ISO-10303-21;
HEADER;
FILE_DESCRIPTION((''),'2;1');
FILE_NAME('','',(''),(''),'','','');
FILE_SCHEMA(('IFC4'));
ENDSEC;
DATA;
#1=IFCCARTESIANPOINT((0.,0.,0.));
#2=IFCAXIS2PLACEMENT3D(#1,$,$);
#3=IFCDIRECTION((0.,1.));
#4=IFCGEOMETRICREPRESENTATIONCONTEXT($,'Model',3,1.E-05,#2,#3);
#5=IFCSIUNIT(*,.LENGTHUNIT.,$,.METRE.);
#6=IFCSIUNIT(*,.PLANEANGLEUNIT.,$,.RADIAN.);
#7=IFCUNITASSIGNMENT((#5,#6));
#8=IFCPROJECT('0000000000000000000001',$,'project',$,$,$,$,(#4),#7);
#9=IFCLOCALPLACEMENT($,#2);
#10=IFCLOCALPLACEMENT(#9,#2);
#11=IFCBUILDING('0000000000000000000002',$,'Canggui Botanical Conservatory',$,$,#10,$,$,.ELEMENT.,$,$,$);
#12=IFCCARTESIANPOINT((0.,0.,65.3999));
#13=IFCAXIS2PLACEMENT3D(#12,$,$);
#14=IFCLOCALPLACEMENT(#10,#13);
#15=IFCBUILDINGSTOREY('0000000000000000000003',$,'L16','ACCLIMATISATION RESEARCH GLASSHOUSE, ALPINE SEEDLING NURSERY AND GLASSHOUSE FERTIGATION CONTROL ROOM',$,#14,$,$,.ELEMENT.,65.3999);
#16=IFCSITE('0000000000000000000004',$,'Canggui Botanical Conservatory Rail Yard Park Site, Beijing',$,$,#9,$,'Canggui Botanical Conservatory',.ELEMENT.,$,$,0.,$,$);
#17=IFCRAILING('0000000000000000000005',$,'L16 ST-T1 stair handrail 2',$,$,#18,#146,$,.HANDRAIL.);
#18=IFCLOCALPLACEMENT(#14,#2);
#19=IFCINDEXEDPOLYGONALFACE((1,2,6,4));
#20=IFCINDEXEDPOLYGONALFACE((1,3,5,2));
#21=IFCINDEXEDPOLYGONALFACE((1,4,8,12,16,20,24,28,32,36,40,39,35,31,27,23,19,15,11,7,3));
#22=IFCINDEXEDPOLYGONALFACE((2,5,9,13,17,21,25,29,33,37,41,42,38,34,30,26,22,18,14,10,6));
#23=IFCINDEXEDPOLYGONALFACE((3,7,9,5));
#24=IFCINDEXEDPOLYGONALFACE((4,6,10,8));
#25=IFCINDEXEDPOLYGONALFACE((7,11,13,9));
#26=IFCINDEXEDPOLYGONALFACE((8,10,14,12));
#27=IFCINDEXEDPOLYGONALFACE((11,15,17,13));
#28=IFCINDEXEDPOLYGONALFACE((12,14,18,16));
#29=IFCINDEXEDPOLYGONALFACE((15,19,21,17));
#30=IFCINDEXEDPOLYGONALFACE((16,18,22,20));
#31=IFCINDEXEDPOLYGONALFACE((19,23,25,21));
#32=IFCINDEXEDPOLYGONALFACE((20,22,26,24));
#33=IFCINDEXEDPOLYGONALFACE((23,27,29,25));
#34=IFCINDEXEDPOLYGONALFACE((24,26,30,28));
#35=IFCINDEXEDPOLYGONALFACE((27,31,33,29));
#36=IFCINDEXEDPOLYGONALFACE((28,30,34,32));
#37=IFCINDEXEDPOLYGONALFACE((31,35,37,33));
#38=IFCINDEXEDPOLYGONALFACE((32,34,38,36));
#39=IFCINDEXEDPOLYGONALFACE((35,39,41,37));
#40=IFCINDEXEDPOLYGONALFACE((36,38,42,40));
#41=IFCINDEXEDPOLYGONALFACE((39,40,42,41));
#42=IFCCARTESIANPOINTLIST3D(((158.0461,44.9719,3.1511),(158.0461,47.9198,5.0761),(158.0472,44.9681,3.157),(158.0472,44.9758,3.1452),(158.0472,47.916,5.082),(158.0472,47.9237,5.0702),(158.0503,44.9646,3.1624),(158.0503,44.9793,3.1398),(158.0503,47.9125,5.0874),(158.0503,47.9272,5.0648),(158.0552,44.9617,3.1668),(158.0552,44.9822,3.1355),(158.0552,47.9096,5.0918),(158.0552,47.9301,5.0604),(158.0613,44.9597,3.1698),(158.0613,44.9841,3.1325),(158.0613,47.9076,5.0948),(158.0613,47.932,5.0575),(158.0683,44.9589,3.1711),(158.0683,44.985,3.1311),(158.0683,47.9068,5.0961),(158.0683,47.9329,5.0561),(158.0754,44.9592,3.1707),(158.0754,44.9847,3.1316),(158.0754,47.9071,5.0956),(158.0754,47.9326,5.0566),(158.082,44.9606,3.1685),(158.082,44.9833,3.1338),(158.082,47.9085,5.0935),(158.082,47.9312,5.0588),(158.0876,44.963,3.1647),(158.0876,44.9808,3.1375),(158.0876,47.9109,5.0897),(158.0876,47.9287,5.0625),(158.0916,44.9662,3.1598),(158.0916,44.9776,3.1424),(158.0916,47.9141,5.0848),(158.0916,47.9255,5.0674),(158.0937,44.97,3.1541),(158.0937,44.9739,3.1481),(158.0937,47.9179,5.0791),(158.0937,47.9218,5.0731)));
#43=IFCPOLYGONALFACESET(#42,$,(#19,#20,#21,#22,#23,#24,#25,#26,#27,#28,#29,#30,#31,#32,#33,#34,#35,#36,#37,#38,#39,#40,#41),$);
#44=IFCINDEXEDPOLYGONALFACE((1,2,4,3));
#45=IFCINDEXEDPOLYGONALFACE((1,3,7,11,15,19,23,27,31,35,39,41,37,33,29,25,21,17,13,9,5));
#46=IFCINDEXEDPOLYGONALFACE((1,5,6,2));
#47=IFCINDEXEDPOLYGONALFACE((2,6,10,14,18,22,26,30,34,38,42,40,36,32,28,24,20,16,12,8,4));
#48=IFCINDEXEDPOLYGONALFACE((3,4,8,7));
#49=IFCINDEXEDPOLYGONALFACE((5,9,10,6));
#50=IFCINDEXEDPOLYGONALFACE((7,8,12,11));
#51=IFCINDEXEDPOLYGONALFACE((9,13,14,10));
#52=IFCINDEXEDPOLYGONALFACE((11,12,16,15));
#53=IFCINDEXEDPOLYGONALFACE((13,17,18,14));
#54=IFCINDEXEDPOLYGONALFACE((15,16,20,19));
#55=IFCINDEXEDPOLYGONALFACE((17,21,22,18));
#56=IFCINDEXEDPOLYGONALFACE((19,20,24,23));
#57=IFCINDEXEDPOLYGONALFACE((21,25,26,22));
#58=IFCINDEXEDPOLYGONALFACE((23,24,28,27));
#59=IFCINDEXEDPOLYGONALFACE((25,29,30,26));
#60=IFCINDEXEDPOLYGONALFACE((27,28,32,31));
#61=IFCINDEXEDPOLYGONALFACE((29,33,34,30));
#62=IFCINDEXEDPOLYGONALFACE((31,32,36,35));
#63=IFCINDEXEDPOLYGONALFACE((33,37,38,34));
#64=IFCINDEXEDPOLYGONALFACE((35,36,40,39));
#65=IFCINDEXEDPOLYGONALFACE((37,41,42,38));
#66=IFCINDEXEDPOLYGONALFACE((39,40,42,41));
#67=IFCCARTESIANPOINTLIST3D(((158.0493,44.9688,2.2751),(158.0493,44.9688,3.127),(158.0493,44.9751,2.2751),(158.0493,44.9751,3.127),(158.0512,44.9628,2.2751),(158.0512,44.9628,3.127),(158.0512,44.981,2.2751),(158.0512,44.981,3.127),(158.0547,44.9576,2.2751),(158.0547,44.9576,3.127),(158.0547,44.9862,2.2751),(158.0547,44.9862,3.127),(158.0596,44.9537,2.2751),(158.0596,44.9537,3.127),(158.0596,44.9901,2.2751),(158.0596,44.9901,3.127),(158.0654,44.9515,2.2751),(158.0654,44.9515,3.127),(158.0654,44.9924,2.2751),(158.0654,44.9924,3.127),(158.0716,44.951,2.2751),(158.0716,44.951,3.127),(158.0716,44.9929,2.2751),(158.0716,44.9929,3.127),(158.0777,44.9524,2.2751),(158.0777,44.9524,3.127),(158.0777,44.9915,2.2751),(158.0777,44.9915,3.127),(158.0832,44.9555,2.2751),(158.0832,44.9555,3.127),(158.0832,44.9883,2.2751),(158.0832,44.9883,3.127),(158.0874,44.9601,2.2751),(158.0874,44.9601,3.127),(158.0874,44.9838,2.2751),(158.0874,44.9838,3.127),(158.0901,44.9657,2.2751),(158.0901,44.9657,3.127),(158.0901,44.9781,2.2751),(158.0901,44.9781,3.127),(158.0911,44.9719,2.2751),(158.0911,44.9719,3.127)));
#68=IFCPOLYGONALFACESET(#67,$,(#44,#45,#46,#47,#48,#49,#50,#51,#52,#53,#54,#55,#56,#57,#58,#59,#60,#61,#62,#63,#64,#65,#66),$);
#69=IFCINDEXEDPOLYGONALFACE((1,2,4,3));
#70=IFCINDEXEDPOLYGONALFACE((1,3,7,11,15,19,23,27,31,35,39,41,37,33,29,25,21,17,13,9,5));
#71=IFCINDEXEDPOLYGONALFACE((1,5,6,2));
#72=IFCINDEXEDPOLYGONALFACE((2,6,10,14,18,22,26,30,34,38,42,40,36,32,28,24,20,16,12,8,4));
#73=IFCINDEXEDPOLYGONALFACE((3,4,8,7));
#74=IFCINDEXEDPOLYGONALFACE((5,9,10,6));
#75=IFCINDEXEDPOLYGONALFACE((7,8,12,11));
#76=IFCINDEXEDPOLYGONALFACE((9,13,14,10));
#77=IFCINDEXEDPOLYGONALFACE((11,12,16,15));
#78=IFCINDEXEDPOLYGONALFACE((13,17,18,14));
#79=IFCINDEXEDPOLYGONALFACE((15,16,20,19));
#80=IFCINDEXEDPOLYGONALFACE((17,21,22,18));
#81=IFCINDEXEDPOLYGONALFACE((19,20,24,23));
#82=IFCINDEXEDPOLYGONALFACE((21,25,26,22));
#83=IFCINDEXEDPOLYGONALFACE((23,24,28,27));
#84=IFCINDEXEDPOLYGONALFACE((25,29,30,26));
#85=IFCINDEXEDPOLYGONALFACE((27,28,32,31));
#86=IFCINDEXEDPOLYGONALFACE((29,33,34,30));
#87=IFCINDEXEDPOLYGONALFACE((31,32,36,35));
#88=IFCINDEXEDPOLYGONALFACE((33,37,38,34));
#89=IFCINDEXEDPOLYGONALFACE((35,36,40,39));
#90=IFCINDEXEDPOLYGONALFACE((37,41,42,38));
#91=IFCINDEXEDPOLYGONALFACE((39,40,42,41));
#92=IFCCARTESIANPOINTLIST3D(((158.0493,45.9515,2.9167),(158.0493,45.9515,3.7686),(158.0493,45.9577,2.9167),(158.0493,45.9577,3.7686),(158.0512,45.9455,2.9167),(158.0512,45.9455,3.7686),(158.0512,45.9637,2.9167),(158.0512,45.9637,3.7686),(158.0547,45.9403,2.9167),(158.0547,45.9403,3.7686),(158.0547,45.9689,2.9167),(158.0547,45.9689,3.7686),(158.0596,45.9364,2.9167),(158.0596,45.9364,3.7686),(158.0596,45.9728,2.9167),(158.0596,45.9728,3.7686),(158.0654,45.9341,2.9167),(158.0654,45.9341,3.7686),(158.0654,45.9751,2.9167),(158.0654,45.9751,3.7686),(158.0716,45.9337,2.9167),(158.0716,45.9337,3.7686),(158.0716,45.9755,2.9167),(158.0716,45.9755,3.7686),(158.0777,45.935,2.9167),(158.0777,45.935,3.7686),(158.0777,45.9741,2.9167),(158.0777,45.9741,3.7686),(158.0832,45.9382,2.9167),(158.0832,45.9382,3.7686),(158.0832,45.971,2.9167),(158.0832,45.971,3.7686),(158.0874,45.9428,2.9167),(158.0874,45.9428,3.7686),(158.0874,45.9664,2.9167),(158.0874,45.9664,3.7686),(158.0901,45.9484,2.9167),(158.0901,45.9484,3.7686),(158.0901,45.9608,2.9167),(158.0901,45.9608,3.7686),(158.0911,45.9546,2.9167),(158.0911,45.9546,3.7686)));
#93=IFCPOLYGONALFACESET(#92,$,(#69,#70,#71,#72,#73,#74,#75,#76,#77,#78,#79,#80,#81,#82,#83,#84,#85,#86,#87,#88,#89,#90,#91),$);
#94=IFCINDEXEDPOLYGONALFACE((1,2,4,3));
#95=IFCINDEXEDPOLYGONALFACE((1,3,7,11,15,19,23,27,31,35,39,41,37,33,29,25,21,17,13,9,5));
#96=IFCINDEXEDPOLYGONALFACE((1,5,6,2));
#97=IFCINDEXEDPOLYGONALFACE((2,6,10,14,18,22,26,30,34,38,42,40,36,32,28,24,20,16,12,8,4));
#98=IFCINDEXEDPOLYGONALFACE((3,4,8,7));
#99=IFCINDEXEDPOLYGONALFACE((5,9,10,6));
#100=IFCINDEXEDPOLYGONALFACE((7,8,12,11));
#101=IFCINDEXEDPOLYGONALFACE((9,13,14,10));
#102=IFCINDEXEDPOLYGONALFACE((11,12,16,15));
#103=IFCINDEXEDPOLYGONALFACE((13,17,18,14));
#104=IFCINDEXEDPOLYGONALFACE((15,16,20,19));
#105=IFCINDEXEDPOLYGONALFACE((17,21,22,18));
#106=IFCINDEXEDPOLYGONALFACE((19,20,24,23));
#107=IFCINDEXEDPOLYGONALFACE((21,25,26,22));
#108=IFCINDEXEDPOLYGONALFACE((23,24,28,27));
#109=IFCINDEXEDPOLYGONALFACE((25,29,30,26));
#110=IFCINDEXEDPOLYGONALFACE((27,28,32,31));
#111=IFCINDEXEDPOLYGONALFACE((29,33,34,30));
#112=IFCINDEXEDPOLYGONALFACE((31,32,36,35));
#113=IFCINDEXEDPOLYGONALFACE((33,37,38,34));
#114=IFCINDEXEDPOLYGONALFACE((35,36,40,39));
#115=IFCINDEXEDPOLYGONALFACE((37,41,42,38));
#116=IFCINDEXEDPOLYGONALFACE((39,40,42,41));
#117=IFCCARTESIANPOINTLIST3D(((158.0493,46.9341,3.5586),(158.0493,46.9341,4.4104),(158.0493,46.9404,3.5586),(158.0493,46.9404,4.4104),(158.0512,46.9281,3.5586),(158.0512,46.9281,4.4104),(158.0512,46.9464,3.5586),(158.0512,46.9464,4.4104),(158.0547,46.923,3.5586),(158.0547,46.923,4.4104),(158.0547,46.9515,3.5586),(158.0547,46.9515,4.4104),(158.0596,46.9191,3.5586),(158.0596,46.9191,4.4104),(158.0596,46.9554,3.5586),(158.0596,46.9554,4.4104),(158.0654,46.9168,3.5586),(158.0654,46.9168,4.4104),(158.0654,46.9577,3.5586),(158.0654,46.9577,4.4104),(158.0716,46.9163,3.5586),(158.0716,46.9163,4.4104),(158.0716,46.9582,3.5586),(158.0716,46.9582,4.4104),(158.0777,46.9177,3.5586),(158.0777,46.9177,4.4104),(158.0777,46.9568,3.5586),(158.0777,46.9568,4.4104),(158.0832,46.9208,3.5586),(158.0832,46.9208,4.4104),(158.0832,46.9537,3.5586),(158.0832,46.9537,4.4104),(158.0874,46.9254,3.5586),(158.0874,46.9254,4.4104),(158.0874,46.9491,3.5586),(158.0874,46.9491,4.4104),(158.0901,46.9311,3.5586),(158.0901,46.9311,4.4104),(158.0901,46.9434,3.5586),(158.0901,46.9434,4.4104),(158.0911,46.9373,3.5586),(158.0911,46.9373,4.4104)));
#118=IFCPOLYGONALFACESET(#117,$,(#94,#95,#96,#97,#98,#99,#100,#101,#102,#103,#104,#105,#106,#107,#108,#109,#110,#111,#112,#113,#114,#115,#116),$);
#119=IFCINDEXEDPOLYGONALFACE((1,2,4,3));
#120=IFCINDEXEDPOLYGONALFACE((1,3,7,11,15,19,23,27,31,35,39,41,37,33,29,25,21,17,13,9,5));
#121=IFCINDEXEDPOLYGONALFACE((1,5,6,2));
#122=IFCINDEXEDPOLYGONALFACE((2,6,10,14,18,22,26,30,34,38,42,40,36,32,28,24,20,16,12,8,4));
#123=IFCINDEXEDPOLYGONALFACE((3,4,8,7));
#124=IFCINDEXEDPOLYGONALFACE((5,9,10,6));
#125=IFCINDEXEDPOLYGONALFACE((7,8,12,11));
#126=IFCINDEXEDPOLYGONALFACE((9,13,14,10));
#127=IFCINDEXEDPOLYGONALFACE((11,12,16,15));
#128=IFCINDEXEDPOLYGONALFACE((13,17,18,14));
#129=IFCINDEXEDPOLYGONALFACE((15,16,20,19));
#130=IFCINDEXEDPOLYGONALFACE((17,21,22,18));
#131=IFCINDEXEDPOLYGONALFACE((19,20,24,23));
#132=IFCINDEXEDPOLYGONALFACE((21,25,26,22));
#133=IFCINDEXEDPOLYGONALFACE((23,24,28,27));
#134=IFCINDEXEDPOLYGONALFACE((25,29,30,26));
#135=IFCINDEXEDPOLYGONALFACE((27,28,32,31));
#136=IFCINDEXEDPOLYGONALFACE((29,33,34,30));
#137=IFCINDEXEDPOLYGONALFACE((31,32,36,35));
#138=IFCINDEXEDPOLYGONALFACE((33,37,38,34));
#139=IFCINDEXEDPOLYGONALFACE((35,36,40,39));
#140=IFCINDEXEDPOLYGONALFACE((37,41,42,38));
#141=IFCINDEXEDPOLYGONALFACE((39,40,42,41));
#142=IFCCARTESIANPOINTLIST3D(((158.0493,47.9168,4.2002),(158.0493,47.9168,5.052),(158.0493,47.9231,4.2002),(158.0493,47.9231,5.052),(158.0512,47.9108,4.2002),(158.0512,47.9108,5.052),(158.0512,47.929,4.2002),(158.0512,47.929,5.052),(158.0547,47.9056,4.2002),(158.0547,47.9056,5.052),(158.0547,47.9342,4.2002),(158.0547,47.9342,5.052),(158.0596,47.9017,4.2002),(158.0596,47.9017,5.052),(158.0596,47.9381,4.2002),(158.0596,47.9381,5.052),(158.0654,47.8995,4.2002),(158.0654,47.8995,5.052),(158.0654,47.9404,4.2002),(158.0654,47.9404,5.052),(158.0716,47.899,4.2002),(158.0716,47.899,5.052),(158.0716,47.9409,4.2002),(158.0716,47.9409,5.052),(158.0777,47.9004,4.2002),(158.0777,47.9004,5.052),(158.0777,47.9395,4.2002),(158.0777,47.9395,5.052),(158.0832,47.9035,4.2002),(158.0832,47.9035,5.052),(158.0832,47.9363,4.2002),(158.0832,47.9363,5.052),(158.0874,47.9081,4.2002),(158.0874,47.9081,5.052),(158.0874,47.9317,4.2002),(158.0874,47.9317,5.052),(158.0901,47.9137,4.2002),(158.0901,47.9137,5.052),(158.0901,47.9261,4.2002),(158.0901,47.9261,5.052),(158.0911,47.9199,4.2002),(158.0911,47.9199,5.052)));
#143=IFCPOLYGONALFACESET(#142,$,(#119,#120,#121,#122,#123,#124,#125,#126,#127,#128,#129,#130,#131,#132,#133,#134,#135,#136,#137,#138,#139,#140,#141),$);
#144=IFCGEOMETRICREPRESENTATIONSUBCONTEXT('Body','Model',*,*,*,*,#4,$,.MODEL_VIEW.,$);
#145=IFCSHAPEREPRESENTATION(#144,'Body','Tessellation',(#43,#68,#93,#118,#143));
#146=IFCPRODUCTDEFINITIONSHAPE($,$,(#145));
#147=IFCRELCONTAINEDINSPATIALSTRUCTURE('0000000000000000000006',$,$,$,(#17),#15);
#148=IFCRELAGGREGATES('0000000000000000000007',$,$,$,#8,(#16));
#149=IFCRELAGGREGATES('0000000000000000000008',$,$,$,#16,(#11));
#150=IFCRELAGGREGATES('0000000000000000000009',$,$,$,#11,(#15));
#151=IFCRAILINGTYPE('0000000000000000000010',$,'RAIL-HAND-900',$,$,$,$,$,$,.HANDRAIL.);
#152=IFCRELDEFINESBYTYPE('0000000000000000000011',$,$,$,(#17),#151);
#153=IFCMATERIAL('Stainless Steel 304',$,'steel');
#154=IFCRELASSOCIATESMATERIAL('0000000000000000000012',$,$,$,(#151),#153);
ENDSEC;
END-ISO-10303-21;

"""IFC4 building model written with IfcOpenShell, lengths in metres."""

from ifc_helpers import new_model, si_unit, direction, frame, origin, origin_2d, place, context, subcontext, project, spatial, circle, extrude, material, type_object, element, save


model = new_model("IFC4")

# Units and contexts
model_context = context("Model", 3, precision=1e-05, world=origin(), true_north=direction((0.0, 1.0)))
body_context = subcontext(model_context, "Body", "Model", "MODEL_VIEW")
ifc_project = project(units=[si_unit("LENGTHUNIT", "METRE"), si_unit("PLANEANGLEUNIT", "RADIAN")], contexts=[model_context])

# Site, building, storey
site_placement = place(None, origin())
site = spatial("IfcSite", under=ifc_project, at=site_placement, Name="Canggui Botanical Conservatory Rail Yard Park Site, Beijing", LongName="Canggui Botanical Conservatory", CompositionType="ELEMENT", RefElevation=0.0)
building_placement = place(site_placement, origin())
building = spatial("IfcBuilding", under=site, at=building_placement, Name="Canggui Botanical Conservatory", CompositionType="ELEMENT")
storey_placement = place(building_placement, frame((0.0, 0.0, 65.3999)))
storey = spatial("IfcBuildingStorey", under=building, at=storey_placement, Name="L16", Description="ACCLIMATISATION RESEARCH GLASSHOUSE, ALPINE SEEDLING NURSERY AND GLASSHOUSE FERTIGATION CONTROL ROOM", CompositionType="ELEMENT", Elevation=65.3999)

# Shared definitions
ifc_material_1 = material(Name="Stainless Steel 304", Category="steel")

# Railing
railing_type_1 = type_object("IfcRailingType", Name="RAIL-HAND-900", PredefinedType="HANDRAIL", material=ifc_material_1)
railing_1_placement = place(storey_placement, frame((158.0701, 44.9719, 2.2751)))
element("IfcRailing", 1, at=railing_1_placement, inside=storey, type_object=railing_type_1, Name="L16 ST-T1 stair handrail 2", PredefinedType="HANDRAIL", context=body_context, shape_type="SweptSolid", body=[
    extrude(circle(Radius=0.0239, at=origin_2d()), frame((0.0, 0.0, 0.876), z_axis=(0.0, 0.837293, 0.546754), x_axis=(-1.0, 0.0, 0.0)), (0.0, 0.0, 1.0), 3.5208),
    extrude(circle(Radius=0.021, at=origin_2d()), origin(), (0.0, 0.0, 1.0), 0.8518),
    extrude(circle(Radius=0.021, at=origin_2d()), frame((0.0, 0.9827, 0.6416)), (0.0, 0.0, 1.0), 0.8518),
    extrude(circle(Radius=0.021, at=origin_2d()), frame((0.0, 1.9653, 1.2834)), (0.0, 0.0, 1.0), 0.8518),
    extrude(circle(Radius=0.021, at=origin_2d()), frame((0.0, 2.948, 1.925)), (0.0, 0.0, 1.0), 0.8518),
])

save(model, "model.ifc")
